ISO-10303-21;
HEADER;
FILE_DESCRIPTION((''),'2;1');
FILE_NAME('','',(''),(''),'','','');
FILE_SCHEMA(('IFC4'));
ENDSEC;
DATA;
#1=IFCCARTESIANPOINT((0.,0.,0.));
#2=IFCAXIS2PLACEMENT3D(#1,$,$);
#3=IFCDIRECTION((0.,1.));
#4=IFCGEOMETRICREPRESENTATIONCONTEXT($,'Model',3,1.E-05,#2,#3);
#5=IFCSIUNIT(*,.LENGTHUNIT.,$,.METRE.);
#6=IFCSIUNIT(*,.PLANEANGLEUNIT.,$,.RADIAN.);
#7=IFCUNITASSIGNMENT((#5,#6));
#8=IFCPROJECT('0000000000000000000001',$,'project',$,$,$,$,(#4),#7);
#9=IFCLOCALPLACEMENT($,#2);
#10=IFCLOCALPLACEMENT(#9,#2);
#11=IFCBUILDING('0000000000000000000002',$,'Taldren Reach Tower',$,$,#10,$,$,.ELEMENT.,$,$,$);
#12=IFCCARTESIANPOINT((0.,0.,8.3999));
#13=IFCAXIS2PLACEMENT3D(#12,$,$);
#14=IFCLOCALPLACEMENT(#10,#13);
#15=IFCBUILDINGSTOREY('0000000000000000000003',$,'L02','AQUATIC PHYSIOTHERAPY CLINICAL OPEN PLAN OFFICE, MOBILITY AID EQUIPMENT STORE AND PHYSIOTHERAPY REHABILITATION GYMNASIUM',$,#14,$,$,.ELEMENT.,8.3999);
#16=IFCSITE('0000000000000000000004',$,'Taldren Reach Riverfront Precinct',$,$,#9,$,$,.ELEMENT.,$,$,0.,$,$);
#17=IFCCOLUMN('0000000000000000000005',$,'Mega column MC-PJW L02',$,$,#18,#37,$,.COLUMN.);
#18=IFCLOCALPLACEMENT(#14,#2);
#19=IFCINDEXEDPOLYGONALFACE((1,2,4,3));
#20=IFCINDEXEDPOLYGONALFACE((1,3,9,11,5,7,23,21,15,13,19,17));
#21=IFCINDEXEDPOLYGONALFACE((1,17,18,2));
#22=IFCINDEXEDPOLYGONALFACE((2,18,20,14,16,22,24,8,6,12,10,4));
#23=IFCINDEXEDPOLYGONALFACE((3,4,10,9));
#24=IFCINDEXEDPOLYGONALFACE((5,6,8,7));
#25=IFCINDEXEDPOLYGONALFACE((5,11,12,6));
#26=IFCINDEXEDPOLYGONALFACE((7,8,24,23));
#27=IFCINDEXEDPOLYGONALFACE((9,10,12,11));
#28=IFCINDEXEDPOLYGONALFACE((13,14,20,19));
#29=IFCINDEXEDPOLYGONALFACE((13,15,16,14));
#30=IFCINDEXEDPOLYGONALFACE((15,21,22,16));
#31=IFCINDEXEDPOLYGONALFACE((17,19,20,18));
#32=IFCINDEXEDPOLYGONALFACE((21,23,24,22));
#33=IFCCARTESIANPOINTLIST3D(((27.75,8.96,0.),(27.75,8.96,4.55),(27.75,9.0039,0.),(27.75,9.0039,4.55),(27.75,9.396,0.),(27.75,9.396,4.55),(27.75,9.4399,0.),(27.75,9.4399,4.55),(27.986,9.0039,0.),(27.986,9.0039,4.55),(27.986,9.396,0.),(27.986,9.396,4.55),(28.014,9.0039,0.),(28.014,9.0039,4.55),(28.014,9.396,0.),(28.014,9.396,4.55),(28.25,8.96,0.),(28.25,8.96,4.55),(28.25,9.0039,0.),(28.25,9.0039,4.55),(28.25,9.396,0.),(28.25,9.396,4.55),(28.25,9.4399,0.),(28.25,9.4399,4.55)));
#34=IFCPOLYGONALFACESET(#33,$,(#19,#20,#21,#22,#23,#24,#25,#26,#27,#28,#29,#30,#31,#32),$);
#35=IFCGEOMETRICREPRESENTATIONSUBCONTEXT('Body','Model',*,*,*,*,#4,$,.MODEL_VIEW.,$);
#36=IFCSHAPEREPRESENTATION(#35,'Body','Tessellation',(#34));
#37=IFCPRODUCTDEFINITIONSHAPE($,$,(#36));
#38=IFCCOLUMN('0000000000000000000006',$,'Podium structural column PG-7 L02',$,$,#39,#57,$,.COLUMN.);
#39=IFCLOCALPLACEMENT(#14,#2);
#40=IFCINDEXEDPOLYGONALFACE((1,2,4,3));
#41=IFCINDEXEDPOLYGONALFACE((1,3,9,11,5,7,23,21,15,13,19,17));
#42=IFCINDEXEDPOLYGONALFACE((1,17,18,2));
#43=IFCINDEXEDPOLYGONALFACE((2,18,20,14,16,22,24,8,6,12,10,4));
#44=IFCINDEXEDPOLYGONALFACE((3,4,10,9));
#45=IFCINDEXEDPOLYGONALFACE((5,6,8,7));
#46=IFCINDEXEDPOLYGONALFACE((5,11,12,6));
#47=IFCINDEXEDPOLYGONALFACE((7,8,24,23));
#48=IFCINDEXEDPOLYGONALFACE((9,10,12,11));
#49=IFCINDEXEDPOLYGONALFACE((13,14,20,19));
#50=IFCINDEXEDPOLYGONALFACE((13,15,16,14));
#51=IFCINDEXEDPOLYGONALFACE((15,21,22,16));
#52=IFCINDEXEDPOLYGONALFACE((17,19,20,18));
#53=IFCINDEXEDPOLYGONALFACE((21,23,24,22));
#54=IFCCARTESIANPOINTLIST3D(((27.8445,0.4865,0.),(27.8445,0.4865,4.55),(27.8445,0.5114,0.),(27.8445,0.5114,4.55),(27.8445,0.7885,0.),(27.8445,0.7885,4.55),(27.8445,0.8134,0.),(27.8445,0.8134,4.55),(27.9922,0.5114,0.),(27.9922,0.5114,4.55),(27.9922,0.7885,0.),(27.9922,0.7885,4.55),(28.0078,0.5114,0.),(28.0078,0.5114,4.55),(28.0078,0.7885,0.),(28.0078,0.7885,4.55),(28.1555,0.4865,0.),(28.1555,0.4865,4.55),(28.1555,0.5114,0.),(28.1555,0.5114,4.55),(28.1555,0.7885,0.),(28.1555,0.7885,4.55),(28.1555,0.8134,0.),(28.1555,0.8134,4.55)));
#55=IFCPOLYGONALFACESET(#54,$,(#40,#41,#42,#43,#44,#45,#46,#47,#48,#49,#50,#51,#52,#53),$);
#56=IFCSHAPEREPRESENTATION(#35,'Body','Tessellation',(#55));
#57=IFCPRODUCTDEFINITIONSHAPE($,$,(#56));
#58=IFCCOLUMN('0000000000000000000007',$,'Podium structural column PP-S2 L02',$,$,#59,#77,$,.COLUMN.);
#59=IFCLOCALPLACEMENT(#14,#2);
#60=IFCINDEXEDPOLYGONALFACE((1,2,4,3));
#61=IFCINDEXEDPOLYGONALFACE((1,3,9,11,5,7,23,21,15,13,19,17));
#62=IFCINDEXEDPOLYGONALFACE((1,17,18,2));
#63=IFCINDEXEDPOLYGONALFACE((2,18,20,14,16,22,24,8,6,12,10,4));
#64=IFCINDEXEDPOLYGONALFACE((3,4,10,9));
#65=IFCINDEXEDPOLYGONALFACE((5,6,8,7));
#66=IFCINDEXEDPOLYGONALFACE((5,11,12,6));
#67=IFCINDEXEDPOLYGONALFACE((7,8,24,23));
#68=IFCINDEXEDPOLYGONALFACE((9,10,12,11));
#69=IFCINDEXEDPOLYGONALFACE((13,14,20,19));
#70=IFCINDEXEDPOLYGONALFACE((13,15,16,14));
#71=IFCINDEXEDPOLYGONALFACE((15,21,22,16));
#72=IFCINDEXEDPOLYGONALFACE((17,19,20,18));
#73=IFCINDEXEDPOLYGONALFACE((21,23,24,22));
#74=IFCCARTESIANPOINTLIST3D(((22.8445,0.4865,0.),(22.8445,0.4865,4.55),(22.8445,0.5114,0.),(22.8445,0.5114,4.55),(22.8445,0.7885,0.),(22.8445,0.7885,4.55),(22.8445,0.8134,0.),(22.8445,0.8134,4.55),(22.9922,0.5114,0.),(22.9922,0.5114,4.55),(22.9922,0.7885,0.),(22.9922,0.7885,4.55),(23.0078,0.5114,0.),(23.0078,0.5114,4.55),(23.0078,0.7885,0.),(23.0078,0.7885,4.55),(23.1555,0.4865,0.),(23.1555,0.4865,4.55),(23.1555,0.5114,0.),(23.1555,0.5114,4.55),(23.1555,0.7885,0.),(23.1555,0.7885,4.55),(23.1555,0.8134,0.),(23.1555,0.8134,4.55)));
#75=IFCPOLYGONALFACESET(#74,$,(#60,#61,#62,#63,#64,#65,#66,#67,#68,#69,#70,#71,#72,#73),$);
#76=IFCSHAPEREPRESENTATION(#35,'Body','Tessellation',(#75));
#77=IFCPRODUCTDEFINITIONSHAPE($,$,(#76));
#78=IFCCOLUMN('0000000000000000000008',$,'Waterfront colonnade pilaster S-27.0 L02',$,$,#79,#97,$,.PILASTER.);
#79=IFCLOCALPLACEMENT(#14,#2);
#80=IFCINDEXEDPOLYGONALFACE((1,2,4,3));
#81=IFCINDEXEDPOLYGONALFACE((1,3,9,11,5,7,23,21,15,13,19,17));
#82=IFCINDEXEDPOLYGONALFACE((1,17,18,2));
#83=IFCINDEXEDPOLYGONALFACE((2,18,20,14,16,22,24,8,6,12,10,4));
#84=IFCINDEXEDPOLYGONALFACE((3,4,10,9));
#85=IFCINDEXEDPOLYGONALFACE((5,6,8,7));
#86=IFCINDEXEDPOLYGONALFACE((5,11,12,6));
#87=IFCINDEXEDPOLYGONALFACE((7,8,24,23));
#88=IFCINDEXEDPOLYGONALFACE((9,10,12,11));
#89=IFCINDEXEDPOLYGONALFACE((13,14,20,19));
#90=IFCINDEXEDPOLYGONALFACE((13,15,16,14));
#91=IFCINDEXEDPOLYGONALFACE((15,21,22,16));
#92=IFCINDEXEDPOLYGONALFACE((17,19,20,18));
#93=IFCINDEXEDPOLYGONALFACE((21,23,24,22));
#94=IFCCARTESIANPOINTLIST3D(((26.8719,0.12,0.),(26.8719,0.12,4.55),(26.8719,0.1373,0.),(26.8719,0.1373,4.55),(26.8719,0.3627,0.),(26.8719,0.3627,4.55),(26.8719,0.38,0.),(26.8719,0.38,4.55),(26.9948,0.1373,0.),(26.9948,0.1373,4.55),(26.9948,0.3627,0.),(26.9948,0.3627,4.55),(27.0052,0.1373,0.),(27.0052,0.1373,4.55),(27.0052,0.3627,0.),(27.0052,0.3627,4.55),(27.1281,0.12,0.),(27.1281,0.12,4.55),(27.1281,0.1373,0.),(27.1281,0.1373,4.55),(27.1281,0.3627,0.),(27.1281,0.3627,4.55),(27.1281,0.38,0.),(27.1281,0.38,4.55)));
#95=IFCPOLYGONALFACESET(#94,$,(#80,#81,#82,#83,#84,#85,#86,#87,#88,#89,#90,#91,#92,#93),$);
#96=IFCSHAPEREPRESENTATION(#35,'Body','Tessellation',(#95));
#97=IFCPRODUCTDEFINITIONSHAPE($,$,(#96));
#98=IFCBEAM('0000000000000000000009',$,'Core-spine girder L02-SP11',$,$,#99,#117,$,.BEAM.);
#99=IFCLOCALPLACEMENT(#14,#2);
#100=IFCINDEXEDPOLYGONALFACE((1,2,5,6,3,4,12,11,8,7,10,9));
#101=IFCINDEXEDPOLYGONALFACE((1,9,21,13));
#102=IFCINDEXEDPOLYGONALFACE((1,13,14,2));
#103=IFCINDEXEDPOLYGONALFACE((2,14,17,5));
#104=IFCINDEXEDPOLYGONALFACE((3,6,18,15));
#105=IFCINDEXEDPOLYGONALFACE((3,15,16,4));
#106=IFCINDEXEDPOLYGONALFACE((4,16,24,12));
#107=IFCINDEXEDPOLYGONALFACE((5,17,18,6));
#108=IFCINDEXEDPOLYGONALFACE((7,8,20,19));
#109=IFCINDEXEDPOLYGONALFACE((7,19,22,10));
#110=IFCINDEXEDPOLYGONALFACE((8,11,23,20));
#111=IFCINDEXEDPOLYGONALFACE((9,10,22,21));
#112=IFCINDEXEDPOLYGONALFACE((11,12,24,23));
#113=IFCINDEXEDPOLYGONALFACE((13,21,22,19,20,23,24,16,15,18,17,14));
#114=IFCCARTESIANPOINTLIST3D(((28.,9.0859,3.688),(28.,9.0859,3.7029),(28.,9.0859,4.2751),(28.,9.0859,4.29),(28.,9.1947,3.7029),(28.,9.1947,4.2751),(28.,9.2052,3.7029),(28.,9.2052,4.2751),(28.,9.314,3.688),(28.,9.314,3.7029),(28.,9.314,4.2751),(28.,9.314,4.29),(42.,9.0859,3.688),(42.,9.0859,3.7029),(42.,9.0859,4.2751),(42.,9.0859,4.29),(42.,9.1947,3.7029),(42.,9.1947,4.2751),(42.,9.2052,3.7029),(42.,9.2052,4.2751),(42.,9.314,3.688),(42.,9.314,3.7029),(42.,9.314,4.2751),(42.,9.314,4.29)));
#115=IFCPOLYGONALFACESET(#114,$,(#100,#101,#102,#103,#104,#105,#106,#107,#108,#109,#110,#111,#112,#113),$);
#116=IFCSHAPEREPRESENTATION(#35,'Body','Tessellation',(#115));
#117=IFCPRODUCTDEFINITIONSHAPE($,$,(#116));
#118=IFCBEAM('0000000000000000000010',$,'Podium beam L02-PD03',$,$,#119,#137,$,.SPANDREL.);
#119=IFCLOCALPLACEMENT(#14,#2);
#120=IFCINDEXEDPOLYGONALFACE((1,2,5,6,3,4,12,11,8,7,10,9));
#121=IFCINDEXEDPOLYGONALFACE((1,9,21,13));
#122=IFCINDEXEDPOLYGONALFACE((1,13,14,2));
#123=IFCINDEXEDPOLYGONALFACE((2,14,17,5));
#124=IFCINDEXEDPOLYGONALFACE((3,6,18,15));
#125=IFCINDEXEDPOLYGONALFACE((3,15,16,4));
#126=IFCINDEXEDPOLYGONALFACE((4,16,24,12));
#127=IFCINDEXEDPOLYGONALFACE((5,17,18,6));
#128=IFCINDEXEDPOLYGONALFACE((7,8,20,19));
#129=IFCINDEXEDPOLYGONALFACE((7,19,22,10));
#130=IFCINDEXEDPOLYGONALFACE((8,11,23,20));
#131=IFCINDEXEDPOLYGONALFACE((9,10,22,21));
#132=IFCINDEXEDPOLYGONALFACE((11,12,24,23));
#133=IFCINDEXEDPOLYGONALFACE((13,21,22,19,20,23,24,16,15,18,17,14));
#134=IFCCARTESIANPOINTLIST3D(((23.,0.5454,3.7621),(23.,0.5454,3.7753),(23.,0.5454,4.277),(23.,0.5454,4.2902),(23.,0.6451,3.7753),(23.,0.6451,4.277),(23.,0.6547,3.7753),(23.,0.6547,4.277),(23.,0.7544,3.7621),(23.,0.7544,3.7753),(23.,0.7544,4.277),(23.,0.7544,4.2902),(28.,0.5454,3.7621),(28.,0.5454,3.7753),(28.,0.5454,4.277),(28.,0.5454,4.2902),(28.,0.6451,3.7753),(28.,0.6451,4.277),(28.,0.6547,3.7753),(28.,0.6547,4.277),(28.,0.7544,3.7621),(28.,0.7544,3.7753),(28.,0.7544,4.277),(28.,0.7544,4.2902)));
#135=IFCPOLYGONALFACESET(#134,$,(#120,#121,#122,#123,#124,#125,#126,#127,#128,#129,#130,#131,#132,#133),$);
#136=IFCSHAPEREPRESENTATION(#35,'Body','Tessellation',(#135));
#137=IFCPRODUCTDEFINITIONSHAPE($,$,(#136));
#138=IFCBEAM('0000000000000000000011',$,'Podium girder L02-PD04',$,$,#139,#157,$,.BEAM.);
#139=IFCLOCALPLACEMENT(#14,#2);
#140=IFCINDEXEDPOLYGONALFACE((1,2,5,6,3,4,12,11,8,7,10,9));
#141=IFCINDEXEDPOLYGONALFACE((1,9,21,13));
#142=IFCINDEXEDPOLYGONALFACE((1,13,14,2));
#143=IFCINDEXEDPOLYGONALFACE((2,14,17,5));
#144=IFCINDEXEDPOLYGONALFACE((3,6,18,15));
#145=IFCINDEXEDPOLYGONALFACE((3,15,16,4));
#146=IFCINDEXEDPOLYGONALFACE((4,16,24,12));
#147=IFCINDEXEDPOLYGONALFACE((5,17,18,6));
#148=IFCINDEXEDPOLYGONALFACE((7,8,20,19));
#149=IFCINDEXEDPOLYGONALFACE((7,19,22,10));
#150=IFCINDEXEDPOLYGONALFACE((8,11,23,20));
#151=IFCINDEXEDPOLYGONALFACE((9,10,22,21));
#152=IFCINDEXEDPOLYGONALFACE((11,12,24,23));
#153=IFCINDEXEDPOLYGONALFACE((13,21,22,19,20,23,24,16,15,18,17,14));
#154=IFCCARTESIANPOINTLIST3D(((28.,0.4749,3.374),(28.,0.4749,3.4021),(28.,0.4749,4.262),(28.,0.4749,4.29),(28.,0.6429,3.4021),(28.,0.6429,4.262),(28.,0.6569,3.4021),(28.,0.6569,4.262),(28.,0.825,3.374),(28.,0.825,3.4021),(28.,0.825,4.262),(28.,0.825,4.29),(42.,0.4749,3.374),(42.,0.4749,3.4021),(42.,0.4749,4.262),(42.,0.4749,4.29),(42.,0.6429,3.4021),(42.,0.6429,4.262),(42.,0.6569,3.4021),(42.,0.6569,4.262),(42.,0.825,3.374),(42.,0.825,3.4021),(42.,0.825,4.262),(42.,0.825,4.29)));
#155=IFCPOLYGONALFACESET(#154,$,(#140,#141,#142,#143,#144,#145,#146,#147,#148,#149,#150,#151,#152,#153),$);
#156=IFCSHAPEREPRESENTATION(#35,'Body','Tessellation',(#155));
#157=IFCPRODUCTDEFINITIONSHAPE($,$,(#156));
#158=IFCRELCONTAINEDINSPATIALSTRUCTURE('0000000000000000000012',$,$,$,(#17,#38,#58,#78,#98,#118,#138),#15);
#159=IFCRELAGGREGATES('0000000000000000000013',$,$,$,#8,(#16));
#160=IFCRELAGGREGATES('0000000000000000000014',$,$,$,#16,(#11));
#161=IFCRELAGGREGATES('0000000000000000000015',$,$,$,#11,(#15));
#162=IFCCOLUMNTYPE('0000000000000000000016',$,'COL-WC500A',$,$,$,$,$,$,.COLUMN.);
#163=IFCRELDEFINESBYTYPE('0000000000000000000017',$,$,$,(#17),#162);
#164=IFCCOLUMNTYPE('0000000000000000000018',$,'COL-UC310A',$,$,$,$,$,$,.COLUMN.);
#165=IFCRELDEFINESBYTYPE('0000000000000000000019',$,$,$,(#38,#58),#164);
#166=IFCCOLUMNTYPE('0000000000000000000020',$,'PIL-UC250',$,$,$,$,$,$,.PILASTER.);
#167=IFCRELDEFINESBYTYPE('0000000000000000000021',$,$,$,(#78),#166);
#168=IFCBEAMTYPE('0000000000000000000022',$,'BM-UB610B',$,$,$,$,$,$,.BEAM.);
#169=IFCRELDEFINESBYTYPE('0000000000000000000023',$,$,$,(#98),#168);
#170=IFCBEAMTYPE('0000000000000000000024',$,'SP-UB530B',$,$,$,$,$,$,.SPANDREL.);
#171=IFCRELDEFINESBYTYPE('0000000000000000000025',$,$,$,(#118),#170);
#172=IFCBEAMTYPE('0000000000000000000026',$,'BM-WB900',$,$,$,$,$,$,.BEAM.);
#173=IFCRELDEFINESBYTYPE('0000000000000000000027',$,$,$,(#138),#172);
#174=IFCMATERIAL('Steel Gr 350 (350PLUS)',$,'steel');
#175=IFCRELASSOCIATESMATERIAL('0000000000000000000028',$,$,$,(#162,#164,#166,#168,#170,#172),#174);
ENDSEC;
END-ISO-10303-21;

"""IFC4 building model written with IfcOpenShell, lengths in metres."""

from ifc_helpers import new_model, si_unit, direction, frame, origin, origin_2d, place, context, subcontext, project, spatial, i_section, extrude, source, transform, mapped, material, material_profile, profile_set, type_object, element, save


model = new_model("IFC4")

# Units and contexts
model_context = context("Model", 3, precision=1e-05, world=origin(), true_north=direction((0.0, 1.0)))
body_context = subcontext(model_context, "Body", "Model", "MODEL_VIEW")
ifc_project = project(units=[si_unit("LENGTHUNIT", "METRE"), si_unit("PLANEANGLEUNIT", "RADIAN")], contexts=[model_context])

# Site, building, storey
site_placement = place(None, origin())
site = spatial("IfcSite", under=ifc_project, at=site_placement, Name="Taldren Reach Riverfront Precinct", CompositionType="ELEMENT", RefElevation=0.0)
building_placement = place(site_placement, origin())
building = spatial("IfcBuilding", under=site, at=building_placement, Name="Taldren Reach Tower", CompositionType="ELEMENT")
storey_placement = place(building_placement, frame((0.0, 0.0, 8.3999)))
storey = spatial("IfcBuildingStorey", under=building, at=storey_placement, Name="L02", Description="AQUATIC PHYSIOTHERAPY CLINICAL OPEN PLAN OFFICE, MOBILITY AID EQUIPMENT STORE AND PHYSIOTHERAPY REHABILITATION GYMNASIUM", CompositionType="ELEMENT", Elevation=8.3999)

# Columns
ifc_material_1 = material(Name="Steel Gr 350 (350PLUS)", Category="steel")
ifc_material_profile_1 = material_profile(ifc_material_1, i_section(OverallWidth=0.5, OverallDepth=0.48, WebThickness=0.0281, FlangeThickness=0.0439, at=origin_2d()), Name="500WC440")
ifc_profile_set_1 = profile_set([ifc_material_profile_1], Name="Steel Gr 350 (350PLUS)")
column_type_1 = type_object("IfcColumnType", Name="COL-WC500A", PredefinedType="COLUMN", material=ifc_profile_set_1)
shared_shape_1 = source(origin(), body_context, "Body", "SweptSolid", [
    extrude(i_section(OverallWidth=0.5, OverallDepth=0.48, WebThickness=0.0281, FlangeThickness=0.0439, at=origin_2d()), origin(), (0.0, 0.0, 1.0), 4.55),
])
column_1_placement = place(storey_placement, frame((28.0, 9.2, 0.0), z_axis=(0.0, 0.0, 1.0), x_axis=(1.0, 0.0, 0.0)))
element("IfcColumn", 1, at=column_1_placement, inside=storey, type_object=column_type_1, Name="Mega column MC-PJW L02", PredefinedType="COLUMN", context=body_context, shape_type="MappedRepresentation", body=[
    mapped(shared_shape_1, transform((0.0, 0.0, 0.0), scale=1.0)),
])
ifc_material_profile_2 = material_profile(ifc_material_1, i_section(OverallWidth=0.311, OverallDepth=0.3269, WebThickness=0.0156, FlangeThickness=0.0249, at=origin_2d()), Name="310UC158")
ifc_profile_set_2 = profile_set([ifc_material_profile_2], Name="Steel Gr 350 (350PLUS)")
column_type_2 = type_object("IfcColumnType", Name="COL-UC310A", PredefinedType="COLUMN", material=ifc_profile_set_2)
shared_shape_2 = source(origin(), body_context, "Body", "SweptSolid", [
    extrude(i_section(OverallWidth=0.311, OverallDepth=0.3269, WebThickness=0.0156, FlangeThickness=0.0249, at=origin_2d()), origin(), (0.0, 0.0, 1.0), 4.55),
])
for number, where, z_axis, x_axis, name in (
    (2, (28.0, 0.6499, 0.0), (0.0, 0.0, 1.0), (1.0, 0.0, 0.0), "Podium structural column PG-7 L02"),
    (3, (23.0, 0.6499, 0.0), (0.0, 0.0, 1.0), (1.0, 0.0, 0.0), "Podium structural column PP-S2 L02"),
):
    element("IfcColumn", number, at=place(storey_placement, frame(where, z_axis=z_axis, x_axis=x_axis)), inside=storey, type_object=column_type_2, Name=name, PredefinedType="COLUMN", context=body_context, shape_type="MappedRepresentation", body=[
        mapped(shared_shape_2, transform((0.0, 0.0, 0.0), scale=1.0)),
    ])
ifc_material_profile_3 = material_profile(ifc_material_1, i_section(OverallWidth=0.2561, OverallDepth=0.26, WebThickness=0.0105, FlangeThickness=0.0173, at=origin_2d()), Name="250UC89.5")
ifc_profile_set_3 = profile_set([ifc_material_profile_3], Name="Steel Gr 350 (350PLUS)")
column_type_3 = type_object("IfcColumnType", Name="PIL-UC250", PredefinedType="PILASTER", material=ifc_profile_set_3)
shared_shape_3 = source(origin(), body_context, "Body", "SweptSolid", [
    extrude(i_section(OverallWidth=0.2561, OverallDepth=0.26, WebThickness=0.0105, FlangeThickness=0.0173, at=origin_2d()), origin(), (0.0, 0.0, 1.0), 4.55),
])
column_2_placement = place(storey_placement, frame((27.0, 0.25, 0.0), z_axis=(0.0, 0.0, 1.0), x_axis=(1.0, 0.0, 0.0)))
element("IfcColumn", 4, at=column_2_placement, inside=storey, type_object=column_type_3, Name="Waterfront colonnade pilaster S-27.0 L02", PredefinedType="PILASTER", context=body_context, shape_type="MappedRepresentation", body=[
    mapped(shared_shape_3, transform((0.0, 0.0, 0.0), scale=1.0)),
])

# Beams
ifc_material_profile_4 = material_profile(ifc_material_1, i_section(OverallWidth=0.228, OverallDepth=0.6021, WebThickness=0.0105, FlangeThickness=0.0149, at=origin_2d()), Name="610UB101")
ifc_profile_set_4 = profile_set([ifc_material_profile_4], Name="Steel Gr 350 (350PLUS)")
beam_type_1 = type_object("IfcBeamType", Name="BM-UB610B", PredefinedType="BEAM", material=ifc_profile_set_4)
shared_shape_4 = source(origin(), body_context, "Body", "SweptSolid", [
    extrude(i_section(OverallWidth=0.228, OverallDepth=0.6021, WebThickness=0.0105, FlangeThickness=0.0149, at=origin_2d()), origin(), (0.0, 0.0, 1.0), 14.0),
])
beam_1_placement = place(storey_placement, frame((28.0, 9.2, 3.989), z_axis=(1.0, 0.0, 0.0), x_axis=(0.0, 1.0, 0.0)))
element("IfcBeam", 5, at=beam_1_placement, inside=storey, type_object=beam_type_1, Name="Core-spine girder L02-SP11", PredefinedType="BEAM", context=body_context, shape_type="MappedRepresentation", body=[
    mapped(shared_shape_4, transform((0.0, 0.0, 0.0), scale=1.0)),
])
ifc_material_profile_5 = material_profile(ifc_material_1, i_section(OverallWidth=0.209, OverallDepth=0.5281, WebThickness=0.0095, FlangeThickness=0.0132, at=origin_2d()), Name="530UB82.0")
ifc_profile_set_5 = profile_set([ifc_material_profile_5], Name="Steel Gr 350 (350PLUS)")
beam_type_2 = type_object("IfcBeamType", Name="SP-UB530B", PredefinedType="SPANDREL", material=ifc_profile_set_5)
shared_shape_5 = source(origin(), body_context, "Body", "SweptSolid", [
    extrude(i_section(OverallWidth=0.209, OverallDepth=0.5281, WebThickness=0.0095, FlangeThickness=0.0132, at=origin_2d()), origin(), (0.0, 0.0, 1.0), 5.0),
])
beam_2_placement = place(storey_placement, frame((23.0, 0.6499, 4.0261), z_axis=(1.0, 0.0, 0.0), x_axis=(0.0, 1.0, 0.0)))
element("IfcBeam", 6, at=beam_2_placement, inside=storey, type_object=beam_type_2, Name="Podium beam L02-PD03", PredefinedType="SPANDREL", context=body_context, shape_type="MappedRepresentation", body=[
    mapped(shared_shape_5, transform((0.0, 0.0, 0.0), scale=1.0)),
])
ifc_material_profile_6 = material_profile(ifc_material_1, i_section(OverallWidth=0.3501, OverallDepth=0.916, WebThickness=0.0139, FlangeThickness=0.0281, at=origin_2d()), Name="900WB257")
ifc_profile_set_6 = profile_set([ifc_material_profile_6], Name="Steel Gr 350 (350PLUS)")
beam_type_3 = type_object("IfcBeamType", Name="BM-WB900", PredefinedType="BEAM", material=ifc_profile_set_6)
shared_shape_6 = source(origin(), body_context, "Body", "SweptSolid", [
    extrude(i_section(OverallWidth=0.3501, OverallDepth=0.916, WebThickness=0.0139, FlangeThickness=0.0281, at=origin_2d()), origin(), (0.0, 0.0, 1.0), 14.0),
])
beam_3_placement = place(storey_placement, frame((28.0, 0.6499, 3.832), z_axis=(1.0, 0.0, 0.0), x_axis=(0.0, 1.0, 0.0)))
element("IfcBeam", 7, at=beam_3_placement, inside=storey, type_object=beam_type_3, Name="Podium girder L02-PD04", PredefinedType="BEAM", context=body_context, shape_type="MappedRepresentation", body=[
    mapped(shared_shape_6, transform((0.0, 0.0, 0.0), scale=1.0)),
])

save(model, "model.ifc")
